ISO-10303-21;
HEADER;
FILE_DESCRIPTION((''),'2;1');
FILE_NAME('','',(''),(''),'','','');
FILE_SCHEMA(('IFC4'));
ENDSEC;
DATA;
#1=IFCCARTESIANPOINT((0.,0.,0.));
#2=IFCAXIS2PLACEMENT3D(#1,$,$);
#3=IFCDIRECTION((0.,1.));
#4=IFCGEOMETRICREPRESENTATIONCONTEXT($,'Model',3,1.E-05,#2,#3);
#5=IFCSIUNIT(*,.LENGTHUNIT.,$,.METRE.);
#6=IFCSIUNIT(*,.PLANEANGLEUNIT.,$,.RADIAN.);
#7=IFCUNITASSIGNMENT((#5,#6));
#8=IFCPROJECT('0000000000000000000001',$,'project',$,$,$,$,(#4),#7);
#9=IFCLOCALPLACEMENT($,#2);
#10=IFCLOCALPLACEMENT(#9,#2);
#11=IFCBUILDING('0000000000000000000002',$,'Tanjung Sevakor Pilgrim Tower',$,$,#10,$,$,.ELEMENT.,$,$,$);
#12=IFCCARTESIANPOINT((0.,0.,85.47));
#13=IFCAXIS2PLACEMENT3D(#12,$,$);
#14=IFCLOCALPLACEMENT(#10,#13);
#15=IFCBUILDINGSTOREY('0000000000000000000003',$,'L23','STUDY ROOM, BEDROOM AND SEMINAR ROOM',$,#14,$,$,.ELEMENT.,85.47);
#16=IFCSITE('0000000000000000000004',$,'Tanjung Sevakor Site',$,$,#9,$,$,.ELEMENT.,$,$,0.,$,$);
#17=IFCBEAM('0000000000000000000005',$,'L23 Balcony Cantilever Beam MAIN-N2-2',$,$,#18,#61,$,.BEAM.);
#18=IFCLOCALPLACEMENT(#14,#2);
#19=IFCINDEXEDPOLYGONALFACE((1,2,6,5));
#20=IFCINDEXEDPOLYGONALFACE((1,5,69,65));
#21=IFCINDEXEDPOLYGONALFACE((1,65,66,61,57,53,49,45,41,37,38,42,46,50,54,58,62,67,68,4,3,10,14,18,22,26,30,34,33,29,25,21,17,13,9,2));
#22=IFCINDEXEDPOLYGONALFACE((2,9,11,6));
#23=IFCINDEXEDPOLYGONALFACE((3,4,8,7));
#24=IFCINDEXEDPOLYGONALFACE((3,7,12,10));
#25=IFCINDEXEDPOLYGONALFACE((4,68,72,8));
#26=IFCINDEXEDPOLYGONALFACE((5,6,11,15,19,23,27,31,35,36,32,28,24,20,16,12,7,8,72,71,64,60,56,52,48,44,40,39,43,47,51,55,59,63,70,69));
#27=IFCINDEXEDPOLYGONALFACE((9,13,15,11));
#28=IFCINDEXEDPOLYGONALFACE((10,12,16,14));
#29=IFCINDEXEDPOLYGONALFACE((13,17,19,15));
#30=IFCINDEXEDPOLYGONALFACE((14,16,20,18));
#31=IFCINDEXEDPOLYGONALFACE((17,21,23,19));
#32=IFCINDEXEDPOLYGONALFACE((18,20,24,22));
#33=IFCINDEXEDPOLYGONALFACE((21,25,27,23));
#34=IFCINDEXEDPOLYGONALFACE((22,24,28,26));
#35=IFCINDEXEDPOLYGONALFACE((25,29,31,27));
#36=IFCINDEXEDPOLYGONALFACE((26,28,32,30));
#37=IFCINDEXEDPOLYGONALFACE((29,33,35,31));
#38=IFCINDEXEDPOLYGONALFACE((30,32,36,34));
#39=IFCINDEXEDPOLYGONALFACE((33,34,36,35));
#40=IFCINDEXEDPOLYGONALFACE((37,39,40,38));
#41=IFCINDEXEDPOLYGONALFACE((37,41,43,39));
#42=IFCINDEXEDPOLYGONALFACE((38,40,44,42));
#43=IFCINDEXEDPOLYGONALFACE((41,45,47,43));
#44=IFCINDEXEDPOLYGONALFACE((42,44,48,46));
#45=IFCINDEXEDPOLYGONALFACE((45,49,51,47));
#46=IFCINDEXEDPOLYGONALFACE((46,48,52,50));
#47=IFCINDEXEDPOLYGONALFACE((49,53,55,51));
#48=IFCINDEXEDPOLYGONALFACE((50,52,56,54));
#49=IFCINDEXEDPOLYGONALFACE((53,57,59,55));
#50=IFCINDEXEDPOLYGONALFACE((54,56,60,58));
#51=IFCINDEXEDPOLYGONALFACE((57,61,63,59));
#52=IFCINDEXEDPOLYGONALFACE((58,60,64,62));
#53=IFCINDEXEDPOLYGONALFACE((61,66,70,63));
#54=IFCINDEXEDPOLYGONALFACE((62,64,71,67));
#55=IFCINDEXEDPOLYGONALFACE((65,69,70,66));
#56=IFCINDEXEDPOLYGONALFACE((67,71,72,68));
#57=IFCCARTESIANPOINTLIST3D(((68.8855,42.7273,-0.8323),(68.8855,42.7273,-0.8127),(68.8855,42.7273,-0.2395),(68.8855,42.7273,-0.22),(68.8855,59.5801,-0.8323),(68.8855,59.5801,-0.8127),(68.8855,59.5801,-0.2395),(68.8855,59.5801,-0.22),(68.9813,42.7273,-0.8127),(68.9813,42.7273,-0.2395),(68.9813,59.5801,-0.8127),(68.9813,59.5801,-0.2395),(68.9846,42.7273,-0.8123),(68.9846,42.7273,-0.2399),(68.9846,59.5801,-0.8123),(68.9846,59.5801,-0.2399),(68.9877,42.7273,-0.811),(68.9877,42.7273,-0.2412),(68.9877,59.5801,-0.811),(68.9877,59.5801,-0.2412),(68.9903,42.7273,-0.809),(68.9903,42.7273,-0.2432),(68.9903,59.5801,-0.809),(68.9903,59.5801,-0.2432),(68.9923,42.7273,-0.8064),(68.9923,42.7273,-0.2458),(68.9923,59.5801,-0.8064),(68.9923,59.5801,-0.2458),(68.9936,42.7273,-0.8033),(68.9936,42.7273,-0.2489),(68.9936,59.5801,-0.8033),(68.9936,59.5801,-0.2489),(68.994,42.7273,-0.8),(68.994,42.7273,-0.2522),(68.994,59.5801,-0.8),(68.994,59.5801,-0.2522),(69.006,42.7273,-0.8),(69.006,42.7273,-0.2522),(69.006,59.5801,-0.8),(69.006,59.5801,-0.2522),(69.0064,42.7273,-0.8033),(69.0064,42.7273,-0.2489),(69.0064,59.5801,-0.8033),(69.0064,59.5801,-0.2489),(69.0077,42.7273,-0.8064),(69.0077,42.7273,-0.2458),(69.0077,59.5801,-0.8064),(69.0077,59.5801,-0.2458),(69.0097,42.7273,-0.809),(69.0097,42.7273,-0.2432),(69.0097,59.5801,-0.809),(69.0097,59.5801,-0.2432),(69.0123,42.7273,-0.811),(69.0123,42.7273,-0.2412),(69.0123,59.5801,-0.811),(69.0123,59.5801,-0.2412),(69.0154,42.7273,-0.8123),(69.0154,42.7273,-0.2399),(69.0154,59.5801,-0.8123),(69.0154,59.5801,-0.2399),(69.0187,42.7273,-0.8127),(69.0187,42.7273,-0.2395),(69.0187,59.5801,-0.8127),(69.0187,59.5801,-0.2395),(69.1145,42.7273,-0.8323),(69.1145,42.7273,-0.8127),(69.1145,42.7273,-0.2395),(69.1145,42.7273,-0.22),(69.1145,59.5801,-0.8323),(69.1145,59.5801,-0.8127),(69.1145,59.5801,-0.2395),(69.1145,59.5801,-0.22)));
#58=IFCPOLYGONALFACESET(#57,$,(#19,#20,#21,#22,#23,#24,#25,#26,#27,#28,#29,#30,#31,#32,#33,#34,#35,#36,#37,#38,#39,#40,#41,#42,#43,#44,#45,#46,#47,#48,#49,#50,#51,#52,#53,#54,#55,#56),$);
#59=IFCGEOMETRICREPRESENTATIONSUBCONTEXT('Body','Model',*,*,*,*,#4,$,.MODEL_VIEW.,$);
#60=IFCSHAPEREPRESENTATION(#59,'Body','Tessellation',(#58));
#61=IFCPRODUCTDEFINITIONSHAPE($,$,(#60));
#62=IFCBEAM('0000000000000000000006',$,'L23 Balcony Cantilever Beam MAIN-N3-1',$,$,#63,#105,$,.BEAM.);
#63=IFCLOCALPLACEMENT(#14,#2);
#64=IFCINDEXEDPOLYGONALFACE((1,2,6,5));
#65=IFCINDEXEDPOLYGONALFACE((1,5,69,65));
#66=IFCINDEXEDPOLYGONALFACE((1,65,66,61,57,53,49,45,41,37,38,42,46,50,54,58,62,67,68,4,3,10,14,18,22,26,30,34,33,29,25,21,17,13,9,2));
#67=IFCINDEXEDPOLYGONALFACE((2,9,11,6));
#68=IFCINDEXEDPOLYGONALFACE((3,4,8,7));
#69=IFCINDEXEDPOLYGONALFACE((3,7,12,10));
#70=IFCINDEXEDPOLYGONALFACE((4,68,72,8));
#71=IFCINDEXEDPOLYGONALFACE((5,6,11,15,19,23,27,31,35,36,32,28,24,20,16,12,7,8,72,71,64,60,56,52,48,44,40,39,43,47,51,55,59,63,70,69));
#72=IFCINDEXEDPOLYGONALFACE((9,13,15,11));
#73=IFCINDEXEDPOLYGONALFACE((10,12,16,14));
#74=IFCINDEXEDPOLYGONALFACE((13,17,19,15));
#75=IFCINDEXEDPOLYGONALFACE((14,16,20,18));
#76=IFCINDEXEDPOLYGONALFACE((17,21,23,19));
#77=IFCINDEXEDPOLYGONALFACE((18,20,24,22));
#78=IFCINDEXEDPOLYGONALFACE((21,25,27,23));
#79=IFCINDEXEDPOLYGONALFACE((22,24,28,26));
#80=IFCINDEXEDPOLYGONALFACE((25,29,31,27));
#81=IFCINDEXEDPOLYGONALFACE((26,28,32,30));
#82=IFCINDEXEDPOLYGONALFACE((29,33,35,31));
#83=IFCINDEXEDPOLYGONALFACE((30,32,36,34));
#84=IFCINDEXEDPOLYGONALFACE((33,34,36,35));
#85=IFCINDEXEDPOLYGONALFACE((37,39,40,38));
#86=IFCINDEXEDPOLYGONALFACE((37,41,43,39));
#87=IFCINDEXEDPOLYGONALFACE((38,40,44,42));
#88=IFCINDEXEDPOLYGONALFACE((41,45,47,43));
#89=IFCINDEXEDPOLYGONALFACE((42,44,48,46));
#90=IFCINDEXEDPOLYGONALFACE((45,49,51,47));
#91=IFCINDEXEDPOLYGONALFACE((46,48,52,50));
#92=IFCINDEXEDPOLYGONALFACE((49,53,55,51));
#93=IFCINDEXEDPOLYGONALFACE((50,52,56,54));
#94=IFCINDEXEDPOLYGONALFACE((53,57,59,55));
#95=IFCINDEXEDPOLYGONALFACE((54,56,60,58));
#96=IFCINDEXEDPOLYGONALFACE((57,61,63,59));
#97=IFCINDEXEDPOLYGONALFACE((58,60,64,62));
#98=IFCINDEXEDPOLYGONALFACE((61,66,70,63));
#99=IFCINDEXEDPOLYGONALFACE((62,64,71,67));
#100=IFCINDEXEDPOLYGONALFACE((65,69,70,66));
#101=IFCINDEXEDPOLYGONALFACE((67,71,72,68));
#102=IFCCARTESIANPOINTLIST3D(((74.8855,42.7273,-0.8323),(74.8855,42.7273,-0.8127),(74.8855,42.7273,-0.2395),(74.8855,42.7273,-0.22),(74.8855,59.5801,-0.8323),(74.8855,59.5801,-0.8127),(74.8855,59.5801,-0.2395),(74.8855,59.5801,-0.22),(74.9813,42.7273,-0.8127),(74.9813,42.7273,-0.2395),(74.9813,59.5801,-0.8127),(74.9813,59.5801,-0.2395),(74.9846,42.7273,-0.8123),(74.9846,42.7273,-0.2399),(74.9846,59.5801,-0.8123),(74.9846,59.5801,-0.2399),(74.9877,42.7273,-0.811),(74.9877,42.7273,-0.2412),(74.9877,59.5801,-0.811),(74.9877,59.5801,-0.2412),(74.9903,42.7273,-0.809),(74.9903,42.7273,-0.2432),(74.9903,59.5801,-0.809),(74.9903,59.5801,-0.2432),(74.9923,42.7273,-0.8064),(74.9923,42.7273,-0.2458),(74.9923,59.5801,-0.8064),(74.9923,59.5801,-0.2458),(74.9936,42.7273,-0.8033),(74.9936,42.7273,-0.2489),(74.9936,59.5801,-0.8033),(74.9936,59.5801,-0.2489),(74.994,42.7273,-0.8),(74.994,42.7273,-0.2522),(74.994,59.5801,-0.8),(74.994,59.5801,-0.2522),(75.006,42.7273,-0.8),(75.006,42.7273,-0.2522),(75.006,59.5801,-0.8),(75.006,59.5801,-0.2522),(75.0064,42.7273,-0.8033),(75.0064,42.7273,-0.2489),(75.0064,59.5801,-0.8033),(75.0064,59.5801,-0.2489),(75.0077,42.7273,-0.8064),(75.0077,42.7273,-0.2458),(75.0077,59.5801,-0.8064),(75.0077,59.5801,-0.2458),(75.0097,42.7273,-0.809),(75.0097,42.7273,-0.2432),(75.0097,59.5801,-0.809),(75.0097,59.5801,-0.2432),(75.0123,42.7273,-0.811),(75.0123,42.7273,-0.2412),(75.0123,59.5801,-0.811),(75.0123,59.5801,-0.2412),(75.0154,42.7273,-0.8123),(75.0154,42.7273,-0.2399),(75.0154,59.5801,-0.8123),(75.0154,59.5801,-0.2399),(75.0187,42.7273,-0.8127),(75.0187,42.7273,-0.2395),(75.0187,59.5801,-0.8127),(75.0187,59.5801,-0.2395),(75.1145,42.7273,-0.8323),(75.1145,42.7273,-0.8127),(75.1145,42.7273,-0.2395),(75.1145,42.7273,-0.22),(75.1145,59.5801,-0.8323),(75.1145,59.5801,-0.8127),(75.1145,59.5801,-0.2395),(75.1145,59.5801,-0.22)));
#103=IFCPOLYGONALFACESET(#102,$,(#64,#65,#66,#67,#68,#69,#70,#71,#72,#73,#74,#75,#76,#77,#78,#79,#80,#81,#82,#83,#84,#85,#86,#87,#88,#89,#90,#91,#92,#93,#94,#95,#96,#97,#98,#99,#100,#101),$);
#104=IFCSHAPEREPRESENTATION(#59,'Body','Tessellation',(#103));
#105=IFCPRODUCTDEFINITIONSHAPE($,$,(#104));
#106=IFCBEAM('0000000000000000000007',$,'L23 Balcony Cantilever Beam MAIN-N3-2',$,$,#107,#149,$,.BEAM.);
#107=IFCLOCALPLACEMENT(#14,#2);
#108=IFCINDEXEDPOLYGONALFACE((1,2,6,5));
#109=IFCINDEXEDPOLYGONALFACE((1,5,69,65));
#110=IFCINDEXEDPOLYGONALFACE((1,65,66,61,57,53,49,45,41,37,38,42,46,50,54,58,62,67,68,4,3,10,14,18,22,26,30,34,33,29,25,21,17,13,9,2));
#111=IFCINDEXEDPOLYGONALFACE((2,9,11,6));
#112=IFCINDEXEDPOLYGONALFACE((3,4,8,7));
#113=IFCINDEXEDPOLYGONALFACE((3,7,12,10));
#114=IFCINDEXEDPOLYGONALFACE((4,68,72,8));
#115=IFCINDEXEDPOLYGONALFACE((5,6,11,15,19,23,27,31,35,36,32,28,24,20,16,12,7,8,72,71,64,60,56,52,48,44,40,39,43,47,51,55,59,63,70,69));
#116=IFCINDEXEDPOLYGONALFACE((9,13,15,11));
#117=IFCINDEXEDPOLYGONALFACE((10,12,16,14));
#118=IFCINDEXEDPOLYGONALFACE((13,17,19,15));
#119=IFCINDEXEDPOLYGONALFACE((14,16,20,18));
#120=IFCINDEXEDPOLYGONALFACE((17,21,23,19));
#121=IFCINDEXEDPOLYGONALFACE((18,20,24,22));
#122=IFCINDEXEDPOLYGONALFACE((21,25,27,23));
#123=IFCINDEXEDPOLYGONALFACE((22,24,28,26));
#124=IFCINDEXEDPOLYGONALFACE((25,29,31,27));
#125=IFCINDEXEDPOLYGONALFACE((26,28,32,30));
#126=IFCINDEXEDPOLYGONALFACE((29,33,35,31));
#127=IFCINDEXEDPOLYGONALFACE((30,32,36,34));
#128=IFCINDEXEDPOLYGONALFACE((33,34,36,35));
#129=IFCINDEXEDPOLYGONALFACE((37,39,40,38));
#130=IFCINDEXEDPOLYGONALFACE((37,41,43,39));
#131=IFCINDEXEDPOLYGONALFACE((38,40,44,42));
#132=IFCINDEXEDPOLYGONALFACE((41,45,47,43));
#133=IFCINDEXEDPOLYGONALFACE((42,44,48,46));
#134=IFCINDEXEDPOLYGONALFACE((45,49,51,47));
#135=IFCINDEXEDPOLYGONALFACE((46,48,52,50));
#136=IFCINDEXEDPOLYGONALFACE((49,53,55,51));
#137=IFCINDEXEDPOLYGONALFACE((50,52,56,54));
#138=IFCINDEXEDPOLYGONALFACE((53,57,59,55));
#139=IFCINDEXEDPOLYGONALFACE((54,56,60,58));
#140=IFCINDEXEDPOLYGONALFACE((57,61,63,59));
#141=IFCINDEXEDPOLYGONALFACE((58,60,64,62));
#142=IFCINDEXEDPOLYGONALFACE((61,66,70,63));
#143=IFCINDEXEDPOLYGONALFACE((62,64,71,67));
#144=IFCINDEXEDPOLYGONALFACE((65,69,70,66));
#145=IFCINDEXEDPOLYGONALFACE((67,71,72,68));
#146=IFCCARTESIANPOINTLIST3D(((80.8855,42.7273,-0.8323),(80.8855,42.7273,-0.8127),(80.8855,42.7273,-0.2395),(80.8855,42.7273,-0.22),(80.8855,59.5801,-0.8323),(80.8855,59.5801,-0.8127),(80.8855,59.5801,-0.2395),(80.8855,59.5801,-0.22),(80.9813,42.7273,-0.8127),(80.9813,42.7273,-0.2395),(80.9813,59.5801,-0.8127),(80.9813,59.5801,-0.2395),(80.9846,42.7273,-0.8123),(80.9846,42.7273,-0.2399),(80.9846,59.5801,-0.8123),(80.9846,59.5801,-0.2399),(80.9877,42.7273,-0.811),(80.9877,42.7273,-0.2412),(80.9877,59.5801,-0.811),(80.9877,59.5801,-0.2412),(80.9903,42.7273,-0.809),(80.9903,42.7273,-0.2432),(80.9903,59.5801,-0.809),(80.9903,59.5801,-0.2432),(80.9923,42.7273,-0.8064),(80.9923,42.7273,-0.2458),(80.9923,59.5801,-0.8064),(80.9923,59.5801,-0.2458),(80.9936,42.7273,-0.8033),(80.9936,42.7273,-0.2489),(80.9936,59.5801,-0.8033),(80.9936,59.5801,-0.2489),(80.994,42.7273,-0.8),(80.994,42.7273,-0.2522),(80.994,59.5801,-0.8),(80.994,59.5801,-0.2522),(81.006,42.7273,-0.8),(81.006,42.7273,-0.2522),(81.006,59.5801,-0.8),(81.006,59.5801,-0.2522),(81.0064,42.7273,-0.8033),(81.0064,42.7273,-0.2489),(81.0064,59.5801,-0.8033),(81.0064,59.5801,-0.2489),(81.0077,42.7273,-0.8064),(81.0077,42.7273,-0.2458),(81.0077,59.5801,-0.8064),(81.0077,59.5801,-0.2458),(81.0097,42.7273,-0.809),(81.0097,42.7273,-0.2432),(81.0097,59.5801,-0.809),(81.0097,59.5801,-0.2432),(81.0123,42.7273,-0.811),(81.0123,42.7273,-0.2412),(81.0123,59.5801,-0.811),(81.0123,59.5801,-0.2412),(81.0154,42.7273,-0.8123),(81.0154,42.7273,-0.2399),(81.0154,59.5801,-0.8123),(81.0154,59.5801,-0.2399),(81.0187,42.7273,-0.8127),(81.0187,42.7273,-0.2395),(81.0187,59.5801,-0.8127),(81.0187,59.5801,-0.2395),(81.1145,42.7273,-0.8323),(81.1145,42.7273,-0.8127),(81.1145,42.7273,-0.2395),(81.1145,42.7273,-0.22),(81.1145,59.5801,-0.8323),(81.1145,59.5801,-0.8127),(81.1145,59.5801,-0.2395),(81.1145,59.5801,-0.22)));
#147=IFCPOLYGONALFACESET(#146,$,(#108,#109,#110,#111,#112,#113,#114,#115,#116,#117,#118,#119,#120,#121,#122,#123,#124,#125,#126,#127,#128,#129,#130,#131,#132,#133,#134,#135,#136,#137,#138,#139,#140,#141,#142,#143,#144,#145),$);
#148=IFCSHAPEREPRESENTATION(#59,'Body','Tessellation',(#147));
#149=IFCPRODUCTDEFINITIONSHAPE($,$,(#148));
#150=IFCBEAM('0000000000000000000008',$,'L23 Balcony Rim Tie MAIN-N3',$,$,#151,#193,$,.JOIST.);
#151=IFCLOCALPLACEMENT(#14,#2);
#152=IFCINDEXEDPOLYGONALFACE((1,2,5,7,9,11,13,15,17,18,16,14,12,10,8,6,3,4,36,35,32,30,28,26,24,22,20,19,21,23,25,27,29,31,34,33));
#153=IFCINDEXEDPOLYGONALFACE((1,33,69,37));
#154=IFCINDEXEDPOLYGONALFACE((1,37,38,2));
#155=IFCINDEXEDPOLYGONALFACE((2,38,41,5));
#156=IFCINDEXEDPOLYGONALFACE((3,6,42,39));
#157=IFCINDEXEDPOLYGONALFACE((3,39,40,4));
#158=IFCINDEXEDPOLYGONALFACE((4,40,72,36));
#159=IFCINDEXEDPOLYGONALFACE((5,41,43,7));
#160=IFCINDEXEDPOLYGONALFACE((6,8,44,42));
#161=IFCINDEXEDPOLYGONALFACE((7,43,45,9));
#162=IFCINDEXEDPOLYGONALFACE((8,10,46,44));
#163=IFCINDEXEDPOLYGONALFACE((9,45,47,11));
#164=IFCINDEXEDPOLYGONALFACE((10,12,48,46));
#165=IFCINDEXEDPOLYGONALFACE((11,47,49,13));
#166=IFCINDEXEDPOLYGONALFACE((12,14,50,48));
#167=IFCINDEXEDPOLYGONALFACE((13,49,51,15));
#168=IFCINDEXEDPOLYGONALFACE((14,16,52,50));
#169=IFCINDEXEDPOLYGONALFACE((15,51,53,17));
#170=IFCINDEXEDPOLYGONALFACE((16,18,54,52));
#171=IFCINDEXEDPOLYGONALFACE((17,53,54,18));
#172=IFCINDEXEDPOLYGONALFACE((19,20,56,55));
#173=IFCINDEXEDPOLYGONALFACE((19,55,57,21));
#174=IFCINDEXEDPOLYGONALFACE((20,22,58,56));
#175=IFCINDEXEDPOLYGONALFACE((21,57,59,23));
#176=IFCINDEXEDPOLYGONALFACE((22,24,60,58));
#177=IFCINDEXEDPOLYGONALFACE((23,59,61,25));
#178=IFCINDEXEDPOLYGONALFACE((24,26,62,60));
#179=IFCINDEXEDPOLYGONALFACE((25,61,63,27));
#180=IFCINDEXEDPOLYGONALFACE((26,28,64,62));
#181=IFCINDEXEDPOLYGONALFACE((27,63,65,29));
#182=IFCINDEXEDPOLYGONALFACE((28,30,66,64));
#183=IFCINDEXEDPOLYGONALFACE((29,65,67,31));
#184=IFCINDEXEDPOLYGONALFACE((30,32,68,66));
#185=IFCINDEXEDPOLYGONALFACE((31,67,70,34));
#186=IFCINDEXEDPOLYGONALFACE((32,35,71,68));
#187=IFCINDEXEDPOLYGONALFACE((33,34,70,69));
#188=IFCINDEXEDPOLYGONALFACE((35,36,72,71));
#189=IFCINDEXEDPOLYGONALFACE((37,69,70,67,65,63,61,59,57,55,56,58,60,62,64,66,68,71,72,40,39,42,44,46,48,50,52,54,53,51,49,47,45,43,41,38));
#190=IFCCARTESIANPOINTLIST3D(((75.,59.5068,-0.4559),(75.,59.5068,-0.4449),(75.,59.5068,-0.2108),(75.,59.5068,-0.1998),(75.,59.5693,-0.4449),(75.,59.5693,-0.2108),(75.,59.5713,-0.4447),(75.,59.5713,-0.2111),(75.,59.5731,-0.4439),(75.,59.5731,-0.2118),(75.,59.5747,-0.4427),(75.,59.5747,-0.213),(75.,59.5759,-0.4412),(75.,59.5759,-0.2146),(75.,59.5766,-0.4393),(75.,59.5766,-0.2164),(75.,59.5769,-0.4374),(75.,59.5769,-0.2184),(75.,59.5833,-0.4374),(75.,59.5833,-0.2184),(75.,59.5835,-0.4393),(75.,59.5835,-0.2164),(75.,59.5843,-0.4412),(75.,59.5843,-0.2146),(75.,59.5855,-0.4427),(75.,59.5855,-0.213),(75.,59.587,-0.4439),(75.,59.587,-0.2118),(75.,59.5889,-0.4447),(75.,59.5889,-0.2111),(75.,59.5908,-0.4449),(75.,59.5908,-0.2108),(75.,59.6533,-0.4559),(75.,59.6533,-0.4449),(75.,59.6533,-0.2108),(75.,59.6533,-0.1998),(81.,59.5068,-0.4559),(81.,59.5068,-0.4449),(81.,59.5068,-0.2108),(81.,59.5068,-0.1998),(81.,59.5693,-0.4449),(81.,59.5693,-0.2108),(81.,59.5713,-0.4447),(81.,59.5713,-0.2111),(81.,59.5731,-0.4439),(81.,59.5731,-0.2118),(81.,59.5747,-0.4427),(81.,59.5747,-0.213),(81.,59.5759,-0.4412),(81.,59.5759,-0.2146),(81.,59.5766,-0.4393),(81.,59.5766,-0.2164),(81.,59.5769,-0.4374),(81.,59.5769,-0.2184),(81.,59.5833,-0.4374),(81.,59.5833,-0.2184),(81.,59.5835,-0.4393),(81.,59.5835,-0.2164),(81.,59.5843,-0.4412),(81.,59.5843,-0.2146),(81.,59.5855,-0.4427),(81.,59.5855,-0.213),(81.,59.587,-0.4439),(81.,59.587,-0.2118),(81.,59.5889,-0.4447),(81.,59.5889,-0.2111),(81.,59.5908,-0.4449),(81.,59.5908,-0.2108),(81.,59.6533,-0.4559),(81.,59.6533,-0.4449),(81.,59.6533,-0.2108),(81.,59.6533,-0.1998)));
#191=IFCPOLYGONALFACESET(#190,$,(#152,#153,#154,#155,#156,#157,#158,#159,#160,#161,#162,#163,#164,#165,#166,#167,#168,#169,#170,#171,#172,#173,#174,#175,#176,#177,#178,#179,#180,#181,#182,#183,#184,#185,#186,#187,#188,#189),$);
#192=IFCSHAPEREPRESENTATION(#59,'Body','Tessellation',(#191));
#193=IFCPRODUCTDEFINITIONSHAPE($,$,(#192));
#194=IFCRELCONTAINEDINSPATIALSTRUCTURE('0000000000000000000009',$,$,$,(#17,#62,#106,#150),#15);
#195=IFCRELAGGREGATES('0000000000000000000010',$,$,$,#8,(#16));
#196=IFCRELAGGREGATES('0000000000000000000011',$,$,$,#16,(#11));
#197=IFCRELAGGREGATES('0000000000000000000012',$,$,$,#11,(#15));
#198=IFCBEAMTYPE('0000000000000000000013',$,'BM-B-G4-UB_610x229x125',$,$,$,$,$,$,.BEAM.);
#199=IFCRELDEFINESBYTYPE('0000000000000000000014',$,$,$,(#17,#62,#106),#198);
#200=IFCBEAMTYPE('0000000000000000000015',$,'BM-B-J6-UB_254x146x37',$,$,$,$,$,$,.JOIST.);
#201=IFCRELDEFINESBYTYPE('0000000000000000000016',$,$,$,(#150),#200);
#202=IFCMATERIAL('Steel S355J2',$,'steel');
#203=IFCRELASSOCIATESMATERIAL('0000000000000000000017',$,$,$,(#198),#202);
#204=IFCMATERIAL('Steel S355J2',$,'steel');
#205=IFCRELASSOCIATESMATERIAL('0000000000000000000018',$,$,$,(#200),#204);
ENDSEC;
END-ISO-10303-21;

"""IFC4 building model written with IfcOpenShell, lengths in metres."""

from ifc_helpers import new_model, si_unit, direction, frame, origin, origin_2d, place, context, subcontext, project, spatial, i_section, extrude, material, material_profile, profile_set, type_object, element, save


model = new_model("IFC4")

# Units and contexts
model_context = context("Model", 3, precision=1e-05, world=origin(), true_north=direction((0.0, 1.0)))
body_context = subcontext(model_context, "Body", "Model", "MODEL_VIEW")
ifc_project = project(units=[si_unit("LENGTHUNIT", "METRE"), si_unit("PLANEANGLEUNIT", "RADIAN")], contexts=[model_context])

# Site, building, storey
site_placement = place(None, origin())
site = spatial("IfcSite", under=ifc_project, at=site_placement, Name="Tanjung Sevakor Site", CompositionType="ELEMENT", RefElevation=0.0)
building_placement = place(site_placement, origin())
building = spatial("IfcBuilding", under=site, at=building_placement, Name="Tanjung Sevakor Pilgrim Tower", CompositionType="ELEMENT")
storey_placement = place(building_placement, frame((0.0, 0.0, 85.47)))
storey = spatial("IfcBuildingStorey", under=building, at=storey_placement, Name="L23", Description="STUDY ROOM, BEDROOM AND SEMINAR ROOM", CompositionType="ELEMENT", Elevation=85.47)

# Beams
ifc_material_1 = material(Name="Steel S355J2", Category="steel")
ifc_material_profile_1 = material_profile(ifc_material_1, i_section(OverallWidth=0.229, OverallDepth=0.6123, WebThickness=0.012, FlangeThickness=0.0195, FilletRadius=0.0127, at=origin_2d()))
ifc_profile_set_1 = profile_set([ifc_material_profile_1], Name="Steel S355J2")
beam_type_1 = type_object("IfcBeamType", Name="BM-B-G4-UB_610x229x125", PredefinedType="BEAM", material=ifc_profile_set_1)
for number, where, z_axis, x_axis, name in (
    (1, (69.0, 42.7273, -0.5261), (0.0, 1.0, 0.0), (-1.0, 0.0, 0.0), "L23 Balcony Cantilever Beam MAIN-N2-2"),
    (2, (75.0, 42.7273, -0.5261), (0.0, 1.0, 0.0), (-1.0, 0.0, 0.0), "L23 Balcony Cantilever Beam MAIN-N3-1"),
    (3, (81.0, 42.7273, -0.5261), (0.0, 1.0, 0.0), (-1.0, 0.0, 0.0), "L23 Balcony Cantilever Beam MAIN-N3-2"),
):
    element("IfcBeam", number, at=place(storey_placement, frame(where, z_axis=z_axis, x_axis=x_axis)), inside=storey, type_object=beam_type_1, Name=name, PredefinedType="BEAM", context=body_context, shape_type="SweptSolid", body=[
        extrude(i_section(OverallWidth=0.229, OverallDepth=0.6123, WebThickness=0.012, FlangeThickness=0.0195, FilletRadius=0.0127, at=origin_2d()), origin(), (0.0, 0.0, 1.0), 16.8528),
    ])
ifc_material_2 = material(Name="Steel S355J2", Category="steel")
ifc_material_profile_2 = material_profile(ifc_material_2, i_section(OverallWidth=0.1465, OverallDepth=0.2561, WebThickness=0.0063, FlangeThickness=0.011, FilletRadius=0.0076, at=origin_2d()))
ifc_profile_set_2 = profile_set([ifc_material_profile_2], Name="Steel S355J2")
beam_type_2 = type_object("IfcBeamType", Name="BM-B-J6-UB_254x146x37", PredefinedType="JOIST", material=ifc_profile_set_2)
beam_1_placement = place(storey_placement, frame((75.0, 59.5801, -0.3279), z_axis=(1.0, 0.0, 0.0), x_axis=(0.0, 1.0, 0.0)))
element("IfcBeam", 4, at=beam_1_placement, inside=storey, type_object=beam_type_2, Name="L23 Balcony Rim Tie MAIN-N3", PredefinedType="JOIST", context=body_context, shape_type="SweptSolid", body=[
    extrude(i_section(OverallWidth=0.1465, OverallDepth=0.2561, WebThickness=0.0063, FlangeThickness=0.011, FilletRadius=0.0076, at=origin_2d()), origin(), (0.0, 0.0, 1.0), 6.0),
])

save(model, "model.ifc")
